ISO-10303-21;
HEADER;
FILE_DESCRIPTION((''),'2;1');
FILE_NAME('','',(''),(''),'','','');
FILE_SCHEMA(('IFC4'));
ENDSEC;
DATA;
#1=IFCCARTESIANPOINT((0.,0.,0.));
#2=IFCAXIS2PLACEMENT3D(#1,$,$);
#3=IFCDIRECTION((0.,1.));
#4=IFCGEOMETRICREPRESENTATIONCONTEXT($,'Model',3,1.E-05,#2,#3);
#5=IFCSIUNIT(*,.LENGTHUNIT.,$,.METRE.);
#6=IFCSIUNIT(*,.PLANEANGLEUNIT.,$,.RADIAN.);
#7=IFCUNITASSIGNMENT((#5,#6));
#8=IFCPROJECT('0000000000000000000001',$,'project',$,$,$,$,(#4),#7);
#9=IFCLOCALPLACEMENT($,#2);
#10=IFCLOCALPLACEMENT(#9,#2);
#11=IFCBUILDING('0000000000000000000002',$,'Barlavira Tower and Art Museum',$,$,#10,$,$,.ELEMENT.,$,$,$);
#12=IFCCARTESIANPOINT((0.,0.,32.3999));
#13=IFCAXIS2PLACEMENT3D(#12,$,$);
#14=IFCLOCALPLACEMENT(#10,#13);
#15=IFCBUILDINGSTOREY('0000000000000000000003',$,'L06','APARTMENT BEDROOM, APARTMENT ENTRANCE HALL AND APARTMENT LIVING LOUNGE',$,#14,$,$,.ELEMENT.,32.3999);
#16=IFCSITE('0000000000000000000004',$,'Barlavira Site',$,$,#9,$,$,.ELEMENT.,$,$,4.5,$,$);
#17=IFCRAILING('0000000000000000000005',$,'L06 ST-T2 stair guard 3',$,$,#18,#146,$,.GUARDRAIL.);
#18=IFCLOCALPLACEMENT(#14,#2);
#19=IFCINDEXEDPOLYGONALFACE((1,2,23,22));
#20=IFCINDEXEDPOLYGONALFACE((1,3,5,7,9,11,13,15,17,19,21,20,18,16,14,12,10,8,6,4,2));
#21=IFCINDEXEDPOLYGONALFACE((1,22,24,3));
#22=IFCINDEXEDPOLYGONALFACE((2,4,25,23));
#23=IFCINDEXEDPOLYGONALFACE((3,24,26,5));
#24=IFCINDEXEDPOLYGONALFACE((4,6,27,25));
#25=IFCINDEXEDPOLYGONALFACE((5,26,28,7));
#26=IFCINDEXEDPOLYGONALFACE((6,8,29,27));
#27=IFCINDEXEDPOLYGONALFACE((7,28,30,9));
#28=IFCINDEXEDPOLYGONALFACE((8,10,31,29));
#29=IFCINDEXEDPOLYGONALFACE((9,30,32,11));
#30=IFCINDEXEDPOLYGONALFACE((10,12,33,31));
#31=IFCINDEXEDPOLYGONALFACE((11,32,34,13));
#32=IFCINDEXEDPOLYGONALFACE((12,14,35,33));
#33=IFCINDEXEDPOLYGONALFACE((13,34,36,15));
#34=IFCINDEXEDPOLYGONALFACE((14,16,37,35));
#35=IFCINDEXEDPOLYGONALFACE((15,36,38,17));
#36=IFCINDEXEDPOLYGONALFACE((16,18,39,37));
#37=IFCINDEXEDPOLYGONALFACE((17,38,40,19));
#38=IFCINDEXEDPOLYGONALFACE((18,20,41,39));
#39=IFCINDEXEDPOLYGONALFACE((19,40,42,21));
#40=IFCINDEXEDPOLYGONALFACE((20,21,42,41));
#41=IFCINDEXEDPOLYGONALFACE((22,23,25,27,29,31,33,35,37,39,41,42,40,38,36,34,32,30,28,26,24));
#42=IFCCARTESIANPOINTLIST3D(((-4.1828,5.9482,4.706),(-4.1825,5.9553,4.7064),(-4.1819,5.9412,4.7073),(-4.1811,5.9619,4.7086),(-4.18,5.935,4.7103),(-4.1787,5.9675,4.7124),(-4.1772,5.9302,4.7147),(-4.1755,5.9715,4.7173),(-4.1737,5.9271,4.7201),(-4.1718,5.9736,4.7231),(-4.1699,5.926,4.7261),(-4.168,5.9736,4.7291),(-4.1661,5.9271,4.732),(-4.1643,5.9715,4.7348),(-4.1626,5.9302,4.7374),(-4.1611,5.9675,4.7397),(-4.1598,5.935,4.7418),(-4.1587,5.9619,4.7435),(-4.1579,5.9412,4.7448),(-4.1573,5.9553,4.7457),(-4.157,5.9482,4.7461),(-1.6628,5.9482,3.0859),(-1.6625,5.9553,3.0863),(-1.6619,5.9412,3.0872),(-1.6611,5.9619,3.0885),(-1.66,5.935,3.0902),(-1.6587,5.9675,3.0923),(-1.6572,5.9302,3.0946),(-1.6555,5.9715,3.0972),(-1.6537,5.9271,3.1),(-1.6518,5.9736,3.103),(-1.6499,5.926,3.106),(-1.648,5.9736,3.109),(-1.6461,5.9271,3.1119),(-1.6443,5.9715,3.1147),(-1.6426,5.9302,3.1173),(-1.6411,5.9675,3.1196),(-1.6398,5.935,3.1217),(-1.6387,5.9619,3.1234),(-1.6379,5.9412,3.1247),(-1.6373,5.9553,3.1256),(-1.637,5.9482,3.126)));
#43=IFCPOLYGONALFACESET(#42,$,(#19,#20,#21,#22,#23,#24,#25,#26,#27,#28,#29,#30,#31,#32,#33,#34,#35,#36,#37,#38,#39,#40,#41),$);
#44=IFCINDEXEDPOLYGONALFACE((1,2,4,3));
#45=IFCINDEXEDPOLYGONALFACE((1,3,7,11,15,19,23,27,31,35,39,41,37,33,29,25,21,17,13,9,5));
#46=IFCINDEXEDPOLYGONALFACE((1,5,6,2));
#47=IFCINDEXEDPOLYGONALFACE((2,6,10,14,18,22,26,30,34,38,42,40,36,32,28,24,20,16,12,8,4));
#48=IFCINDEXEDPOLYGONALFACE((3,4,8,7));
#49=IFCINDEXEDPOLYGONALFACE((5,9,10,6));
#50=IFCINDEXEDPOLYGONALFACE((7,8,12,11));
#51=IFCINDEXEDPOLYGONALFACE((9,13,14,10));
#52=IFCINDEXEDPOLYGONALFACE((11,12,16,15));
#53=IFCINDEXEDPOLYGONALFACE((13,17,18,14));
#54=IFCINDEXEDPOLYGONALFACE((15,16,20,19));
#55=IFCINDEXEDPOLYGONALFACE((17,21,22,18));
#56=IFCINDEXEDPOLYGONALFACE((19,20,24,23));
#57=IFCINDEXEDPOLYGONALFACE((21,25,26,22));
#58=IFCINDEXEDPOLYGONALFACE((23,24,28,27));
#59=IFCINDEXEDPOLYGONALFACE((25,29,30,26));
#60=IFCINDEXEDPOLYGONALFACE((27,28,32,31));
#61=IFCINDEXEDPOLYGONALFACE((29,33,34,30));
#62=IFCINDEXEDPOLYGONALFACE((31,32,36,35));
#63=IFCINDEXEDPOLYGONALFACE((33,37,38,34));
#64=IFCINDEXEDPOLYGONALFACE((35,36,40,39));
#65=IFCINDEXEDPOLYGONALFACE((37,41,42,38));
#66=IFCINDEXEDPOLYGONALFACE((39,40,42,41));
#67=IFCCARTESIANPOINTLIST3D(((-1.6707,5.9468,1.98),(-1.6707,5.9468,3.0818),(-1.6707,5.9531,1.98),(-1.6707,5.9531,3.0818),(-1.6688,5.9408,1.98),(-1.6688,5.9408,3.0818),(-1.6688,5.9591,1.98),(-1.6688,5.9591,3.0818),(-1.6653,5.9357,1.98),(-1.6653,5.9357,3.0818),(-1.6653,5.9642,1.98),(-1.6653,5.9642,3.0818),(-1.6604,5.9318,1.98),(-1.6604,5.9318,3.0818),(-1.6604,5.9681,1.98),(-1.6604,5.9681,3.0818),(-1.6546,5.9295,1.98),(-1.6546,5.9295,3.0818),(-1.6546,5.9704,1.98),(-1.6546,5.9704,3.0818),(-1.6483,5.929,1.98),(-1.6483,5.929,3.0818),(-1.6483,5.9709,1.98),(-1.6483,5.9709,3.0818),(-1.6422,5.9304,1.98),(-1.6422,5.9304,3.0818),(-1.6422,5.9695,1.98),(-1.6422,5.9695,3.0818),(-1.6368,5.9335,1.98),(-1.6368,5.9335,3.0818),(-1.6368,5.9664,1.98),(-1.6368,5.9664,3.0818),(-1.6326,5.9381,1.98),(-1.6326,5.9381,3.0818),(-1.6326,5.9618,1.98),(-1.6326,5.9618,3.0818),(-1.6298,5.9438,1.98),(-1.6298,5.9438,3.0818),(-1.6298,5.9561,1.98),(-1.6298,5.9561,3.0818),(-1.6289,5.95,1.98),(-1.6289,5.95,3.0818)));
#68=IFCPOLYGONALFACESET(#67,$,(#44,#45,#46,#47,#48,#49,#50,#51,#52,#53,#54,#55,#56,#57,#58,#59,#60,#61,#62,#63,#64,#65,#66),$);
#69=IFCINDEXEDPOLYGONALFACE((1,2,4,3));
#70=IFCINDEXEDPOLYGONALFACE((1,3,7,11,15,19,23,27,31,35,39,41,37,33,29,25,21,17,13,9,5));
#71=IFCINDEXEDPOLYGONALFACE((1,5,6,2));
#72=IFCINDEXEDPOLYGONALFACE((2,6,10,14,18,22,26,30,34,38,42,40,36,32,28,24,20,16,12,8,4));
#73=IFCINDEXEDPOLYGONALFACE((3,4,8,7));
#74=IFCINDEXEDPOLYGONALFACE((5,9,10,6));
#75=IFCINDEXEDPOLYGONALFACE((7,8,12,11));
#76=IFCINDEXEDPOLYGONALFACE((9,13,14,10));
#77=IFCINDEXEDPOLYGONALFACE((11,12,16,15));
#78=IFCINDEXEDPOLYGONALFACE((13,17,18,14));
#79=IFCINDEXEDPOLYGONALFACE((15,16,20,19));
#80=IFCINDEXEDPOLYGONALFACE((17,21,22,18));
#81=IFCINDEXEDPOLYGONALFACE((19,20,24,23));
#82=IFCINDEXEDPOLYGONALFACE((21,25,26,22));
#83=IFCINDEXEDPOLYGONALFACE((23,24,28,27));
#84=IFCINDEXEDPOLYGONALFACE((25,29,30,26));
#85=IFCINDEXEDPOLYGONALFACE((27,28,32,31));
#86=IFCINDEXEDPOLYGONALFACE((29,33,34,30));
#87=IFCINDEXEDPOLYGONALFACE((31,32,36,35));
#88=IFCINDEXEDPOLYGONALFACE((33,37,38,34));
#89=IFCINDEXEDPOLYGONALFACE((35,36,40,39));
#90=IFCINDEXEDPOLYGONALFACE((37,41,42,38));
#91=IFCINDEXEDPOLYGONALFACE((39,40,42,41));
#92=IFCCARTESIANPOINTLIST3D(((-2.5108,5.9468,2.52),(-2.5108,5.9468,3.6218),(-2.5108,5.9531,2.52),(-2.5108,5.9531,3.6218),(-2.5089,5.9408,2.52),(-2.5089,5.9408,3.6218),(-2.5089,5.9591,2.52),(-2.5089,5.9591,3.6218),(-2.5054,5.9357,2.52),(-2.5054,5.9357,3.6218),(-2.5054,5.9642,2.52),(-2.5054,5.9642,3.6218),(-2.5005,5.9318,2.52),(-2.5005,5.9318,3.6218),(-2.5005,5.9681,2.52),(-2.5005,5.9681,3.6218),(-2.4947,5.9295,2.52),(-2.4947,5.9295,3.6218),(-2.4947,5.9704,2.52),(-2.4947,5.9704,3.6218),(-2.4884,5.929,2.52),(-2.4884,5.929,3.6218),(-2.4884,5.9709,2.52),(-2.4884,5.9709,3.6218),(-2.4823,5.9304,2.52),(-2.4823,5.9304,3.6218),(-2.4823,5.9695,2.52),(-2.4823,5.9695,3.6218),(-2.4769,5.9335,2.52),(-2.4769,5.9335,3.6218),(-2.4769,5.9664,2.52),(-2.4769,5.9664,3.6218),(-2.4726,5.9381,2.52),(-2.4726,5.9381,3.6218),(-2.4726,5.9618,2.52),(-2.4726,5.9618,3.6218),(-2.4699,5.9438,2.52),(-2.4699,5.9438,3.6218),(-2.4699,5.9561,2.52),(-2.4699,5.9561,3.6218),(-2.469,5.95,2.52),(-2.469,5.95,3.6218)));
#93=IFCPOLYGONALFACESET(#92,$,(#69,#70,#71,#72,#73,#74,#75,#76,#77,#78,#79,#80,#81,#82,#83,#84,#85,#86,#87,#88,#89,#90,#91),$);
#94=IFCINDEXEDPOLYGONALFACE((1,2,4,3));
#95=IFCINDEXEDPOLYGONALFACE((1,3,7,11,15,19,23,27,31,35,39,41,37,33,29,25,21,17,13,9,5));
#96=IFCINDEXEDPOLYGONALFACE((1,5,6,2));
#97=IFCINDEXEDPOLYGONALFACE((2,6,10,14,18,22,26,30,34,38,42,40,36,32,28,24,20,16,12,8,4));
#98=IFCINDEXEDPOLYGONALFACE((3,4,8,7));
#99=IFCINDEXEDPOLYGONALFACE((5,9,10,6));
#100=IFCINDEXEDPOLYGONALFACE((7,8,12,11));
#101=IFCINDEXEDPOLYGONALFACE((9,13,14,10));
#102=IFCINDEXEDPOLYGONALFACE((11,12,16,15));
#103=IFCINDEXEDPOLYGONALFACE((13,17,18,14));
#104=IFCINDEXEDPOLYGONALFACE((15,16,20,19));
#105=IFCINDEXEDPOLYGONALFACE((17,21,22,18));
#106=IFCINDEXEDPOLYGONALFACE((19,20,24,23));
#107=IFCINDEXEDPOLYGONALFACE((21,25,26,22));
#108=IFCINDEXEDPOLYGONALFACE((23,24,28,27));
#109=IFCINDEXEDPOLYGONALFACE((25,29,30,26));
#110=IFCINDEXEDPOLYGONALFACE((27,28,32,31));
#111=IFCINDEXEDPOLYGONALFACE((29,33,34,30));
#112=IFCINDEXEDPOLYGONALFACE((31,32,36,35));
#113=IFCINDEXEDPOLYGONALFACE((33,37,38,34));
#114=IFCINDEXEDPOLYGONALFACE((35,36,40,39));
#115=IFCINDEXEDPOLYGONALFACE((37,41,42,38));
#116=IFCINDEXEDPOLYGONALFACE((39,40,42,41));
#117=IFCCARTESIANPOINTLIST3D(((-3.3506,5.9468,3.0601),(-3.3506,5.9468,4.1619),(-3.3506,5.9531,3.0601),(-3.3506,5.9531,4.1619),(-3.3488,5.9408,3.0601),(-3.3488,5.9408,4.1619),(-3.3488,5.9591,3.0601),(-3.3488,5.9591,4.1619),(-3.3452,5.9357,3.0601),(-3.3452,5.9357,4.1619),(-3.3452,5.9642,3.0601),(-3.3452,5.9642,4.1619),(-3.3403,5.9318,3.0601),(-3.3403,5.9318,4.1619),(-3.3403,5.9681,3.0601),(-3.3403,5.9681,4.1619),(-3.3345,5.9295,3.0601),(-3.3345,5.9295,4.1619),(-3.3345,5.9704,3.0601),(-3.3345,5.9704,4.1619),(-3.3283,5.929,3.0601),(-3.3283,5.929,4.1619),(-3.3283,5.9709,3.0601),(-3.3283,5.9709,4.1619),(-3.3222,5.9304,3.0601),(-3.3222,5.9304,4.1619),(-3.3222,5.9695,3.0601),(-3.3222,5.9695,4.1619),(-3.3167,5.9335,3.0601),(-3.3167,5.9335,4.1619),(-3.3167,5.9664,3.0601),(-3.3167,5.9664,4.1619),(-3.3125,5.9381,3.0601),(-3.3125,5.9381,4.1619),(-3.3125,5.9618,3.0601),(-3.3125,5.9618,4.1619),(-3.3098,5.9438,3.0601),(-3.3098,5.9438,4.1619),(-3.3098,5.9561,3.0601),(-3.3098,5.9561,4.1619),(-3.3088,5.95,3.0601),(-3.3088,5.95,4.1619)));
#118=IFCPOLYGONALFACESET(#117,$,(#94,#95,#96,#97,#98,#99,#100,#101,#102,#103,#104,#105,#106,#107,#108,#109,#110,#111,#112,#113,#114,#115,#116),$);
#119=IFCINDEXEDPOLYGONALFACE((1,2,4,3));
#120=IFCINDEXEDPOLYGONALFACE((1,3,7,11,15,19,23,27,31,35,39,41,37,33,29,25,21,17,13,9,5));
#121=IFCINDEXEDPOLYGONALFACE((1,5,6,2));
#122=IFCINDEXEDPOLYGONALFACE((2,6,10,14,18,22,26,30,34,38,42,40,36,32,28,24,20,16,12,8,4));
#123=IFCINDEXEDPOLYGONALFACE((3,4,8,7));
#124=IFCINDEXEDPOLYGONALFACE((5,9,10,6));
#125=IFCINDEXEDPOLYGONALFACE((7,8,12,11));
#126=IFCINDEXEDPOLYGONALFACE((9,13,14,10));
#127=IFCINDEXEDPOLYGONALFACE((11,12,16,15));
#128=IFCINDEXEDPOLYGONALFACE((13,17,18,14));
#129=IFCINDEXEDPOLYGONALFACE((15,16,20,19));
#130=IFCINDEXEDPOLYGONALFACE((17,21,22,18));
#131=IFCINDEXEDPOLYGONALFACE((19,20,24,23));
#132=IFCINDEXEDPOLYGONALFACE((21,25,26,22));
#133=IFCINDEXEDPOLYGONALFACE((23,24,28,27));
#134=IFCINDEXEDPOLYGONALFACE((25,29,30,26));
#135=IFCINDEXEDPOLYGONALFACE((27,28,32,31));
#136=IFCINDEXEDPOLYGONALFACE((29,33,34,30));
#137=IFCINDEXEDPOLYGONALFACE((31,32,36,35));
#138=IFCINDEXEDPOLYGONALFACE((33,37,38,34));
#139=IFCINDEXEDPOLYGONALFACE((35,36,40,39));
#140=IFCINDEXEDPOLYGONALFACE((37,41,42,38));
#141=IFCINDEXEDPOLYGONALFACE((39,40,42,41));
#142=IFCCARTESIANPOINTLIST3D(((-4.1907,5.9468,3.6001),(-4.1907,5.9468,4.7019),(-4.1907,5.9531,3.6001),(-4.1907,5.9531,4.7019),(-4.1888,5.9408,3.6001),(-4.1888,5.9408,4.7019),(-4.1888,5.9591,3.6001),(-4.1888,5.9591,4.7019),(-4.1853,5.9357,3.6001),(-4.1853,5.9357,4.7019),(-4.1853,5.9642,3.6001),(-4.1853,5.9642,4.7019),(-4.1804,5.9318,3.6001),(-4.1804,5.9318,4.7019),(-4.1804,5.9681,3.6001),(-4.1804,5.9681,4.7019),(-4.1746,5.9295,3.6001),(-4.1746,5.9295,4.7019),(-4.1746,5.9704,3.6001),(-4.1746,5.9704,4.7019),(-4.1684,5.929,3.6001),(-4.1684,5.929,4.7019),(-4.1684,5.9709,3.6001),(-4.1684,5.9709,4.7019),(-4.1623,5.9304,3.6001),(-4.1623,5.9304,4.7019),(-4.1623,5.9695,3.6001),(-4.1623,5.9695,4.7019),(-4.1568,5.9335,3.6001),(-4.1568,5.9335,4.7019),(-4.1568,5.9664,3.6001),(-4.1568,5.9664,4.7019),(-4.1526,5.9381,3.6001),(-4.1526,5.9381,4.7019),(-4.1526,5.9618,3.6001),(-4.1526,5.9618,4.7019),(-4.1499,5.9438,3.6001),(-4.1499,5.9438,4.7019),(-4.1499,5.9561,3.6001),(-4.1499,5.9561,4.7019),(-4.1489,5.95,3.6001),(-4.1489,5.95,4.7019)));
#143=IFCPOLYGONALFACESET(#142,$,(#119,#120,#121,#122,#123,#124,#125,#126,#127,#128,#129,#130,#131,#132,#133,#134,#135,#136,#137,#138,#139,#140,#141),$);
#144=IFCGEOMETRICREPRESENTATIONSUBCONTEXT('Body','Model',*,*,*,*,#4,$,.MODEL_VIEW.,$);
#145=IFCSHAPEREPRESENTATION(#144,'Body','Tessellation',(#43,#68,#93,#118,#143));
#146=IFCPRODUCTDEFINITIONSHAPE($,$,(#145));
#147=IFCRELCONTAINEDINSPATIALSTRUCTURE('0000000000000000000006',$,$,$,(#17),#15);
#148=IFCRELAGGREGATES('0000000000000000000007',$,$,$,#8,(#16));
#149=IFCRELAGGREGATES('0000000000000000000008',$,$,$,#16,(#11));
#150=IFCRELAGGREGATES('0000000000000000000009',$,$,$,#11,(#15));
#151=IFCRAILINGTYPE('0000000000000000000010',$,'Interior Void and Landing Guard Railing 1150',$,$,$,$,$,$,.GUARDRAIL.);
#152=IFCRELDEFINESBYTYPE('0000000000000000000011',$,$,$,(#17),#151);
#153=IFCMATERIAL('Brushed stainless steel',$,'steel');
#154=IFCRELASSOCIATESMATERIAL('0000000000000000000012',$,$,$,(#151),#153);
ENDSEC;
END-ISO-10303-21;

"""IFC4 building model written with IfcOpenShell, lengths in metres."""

from ifc_helpers import new_model, si_unit, direction, frame, origin, origin_2d, place, context, subcontext, project, spatial, circle, extrude, material, type_object, element, save


model = new_model("IFC4")

# Units and contexts
model_context = context("Model", 3, precision=1e-05, world=origin(), true_north=direction((0.0, 1.0)))
body_context = subcontext(model_context, "Body", "Model", "MODEL_VIEW")
ifc_project = project(units=[si_unit("LENGTHUNIT", "METRE"), si_unit("PLANEANGLEUNIT", "RADIAN")], contexts=[model_context])

# Site, building, storey
site_placement = place(None, origin())
site = spatial("IfcSite", under=ifc_project, at=site_placement, Name="Barlavira Site", CompositionType="ELEMENT", RefElevation=4.5)
building_placement = place(site_placement, origin())
building = spatial("IfcBuilding", under=site, at=building_placement, Name="Barlavira Tower and Art Museum", CompositionType="ELEMENT")
storey_placement = place(building_placement, frame((0.0, 0.0, 32.3999)))
storey = spatial("IfcBuildingStorey", under=building, at=storey_placement, Name="L06", Description="APARTMENT BEDROOM, APARTMENT ENTRANCE HALL AND APARTMENT LIVING LOUNGE", CompositionType="ELEMENT", Elevation=32.3999)

# Shared definitions
ifc_material_1 = material(Name="Brushed stainless steel", Category="steel")

# Railing
railing_type_1 = type_object("IfcRailingType", Name="Interior Void and Landing Guard Railing 1150", PredefinedType="GUARDRAIL", material=ifc_material_1)
railing_1_placement = place(storey_placement, frame((-1.6499, 5.95, 1.98)))
element("IfcRailing", 1, at=railing_1_placement, inside=storey, type_object=railing_type_1, Name="L06 ST-T2 stair guard 3", PredefinedType="GUARDRAIL", context=body_context, shape_type="SweptSolid", body=[
    extrude(circle(Radius=0.0239, at=origin_2d()), frame((0.0, 0.0, 1.126), z_axis=(-0.841163, 0.0, 0.540782), x_axis=(0.0, -1.0, 0.0)), (0.0, 0.0, 1.0), 2.9958),
    extrude(circle(Radius=0.021, at=origin_2d()), origin(), (0.0, 0.0, 1.0), 1.1018),
    extrude(circle(Radius=0.021, at=origin_2d()), frame((-0.8401, 0.0, 0.54)), (0.0, 0.0, 1.0), 1.1018),
    extrude(circle(Radius=0.021, at=origin_2d()), frame((-1.6799, 0.0, 1.0801)), (0.0, 0.0, 1.0), 1.1018),
    extrude(circle(Radius=0.021, at=origin_2d()), frame((-2.52, 0.0, 1.6201)), (0.0, 0.0, 1.0), 1.1018),
])

save(model, "model.ifc")
